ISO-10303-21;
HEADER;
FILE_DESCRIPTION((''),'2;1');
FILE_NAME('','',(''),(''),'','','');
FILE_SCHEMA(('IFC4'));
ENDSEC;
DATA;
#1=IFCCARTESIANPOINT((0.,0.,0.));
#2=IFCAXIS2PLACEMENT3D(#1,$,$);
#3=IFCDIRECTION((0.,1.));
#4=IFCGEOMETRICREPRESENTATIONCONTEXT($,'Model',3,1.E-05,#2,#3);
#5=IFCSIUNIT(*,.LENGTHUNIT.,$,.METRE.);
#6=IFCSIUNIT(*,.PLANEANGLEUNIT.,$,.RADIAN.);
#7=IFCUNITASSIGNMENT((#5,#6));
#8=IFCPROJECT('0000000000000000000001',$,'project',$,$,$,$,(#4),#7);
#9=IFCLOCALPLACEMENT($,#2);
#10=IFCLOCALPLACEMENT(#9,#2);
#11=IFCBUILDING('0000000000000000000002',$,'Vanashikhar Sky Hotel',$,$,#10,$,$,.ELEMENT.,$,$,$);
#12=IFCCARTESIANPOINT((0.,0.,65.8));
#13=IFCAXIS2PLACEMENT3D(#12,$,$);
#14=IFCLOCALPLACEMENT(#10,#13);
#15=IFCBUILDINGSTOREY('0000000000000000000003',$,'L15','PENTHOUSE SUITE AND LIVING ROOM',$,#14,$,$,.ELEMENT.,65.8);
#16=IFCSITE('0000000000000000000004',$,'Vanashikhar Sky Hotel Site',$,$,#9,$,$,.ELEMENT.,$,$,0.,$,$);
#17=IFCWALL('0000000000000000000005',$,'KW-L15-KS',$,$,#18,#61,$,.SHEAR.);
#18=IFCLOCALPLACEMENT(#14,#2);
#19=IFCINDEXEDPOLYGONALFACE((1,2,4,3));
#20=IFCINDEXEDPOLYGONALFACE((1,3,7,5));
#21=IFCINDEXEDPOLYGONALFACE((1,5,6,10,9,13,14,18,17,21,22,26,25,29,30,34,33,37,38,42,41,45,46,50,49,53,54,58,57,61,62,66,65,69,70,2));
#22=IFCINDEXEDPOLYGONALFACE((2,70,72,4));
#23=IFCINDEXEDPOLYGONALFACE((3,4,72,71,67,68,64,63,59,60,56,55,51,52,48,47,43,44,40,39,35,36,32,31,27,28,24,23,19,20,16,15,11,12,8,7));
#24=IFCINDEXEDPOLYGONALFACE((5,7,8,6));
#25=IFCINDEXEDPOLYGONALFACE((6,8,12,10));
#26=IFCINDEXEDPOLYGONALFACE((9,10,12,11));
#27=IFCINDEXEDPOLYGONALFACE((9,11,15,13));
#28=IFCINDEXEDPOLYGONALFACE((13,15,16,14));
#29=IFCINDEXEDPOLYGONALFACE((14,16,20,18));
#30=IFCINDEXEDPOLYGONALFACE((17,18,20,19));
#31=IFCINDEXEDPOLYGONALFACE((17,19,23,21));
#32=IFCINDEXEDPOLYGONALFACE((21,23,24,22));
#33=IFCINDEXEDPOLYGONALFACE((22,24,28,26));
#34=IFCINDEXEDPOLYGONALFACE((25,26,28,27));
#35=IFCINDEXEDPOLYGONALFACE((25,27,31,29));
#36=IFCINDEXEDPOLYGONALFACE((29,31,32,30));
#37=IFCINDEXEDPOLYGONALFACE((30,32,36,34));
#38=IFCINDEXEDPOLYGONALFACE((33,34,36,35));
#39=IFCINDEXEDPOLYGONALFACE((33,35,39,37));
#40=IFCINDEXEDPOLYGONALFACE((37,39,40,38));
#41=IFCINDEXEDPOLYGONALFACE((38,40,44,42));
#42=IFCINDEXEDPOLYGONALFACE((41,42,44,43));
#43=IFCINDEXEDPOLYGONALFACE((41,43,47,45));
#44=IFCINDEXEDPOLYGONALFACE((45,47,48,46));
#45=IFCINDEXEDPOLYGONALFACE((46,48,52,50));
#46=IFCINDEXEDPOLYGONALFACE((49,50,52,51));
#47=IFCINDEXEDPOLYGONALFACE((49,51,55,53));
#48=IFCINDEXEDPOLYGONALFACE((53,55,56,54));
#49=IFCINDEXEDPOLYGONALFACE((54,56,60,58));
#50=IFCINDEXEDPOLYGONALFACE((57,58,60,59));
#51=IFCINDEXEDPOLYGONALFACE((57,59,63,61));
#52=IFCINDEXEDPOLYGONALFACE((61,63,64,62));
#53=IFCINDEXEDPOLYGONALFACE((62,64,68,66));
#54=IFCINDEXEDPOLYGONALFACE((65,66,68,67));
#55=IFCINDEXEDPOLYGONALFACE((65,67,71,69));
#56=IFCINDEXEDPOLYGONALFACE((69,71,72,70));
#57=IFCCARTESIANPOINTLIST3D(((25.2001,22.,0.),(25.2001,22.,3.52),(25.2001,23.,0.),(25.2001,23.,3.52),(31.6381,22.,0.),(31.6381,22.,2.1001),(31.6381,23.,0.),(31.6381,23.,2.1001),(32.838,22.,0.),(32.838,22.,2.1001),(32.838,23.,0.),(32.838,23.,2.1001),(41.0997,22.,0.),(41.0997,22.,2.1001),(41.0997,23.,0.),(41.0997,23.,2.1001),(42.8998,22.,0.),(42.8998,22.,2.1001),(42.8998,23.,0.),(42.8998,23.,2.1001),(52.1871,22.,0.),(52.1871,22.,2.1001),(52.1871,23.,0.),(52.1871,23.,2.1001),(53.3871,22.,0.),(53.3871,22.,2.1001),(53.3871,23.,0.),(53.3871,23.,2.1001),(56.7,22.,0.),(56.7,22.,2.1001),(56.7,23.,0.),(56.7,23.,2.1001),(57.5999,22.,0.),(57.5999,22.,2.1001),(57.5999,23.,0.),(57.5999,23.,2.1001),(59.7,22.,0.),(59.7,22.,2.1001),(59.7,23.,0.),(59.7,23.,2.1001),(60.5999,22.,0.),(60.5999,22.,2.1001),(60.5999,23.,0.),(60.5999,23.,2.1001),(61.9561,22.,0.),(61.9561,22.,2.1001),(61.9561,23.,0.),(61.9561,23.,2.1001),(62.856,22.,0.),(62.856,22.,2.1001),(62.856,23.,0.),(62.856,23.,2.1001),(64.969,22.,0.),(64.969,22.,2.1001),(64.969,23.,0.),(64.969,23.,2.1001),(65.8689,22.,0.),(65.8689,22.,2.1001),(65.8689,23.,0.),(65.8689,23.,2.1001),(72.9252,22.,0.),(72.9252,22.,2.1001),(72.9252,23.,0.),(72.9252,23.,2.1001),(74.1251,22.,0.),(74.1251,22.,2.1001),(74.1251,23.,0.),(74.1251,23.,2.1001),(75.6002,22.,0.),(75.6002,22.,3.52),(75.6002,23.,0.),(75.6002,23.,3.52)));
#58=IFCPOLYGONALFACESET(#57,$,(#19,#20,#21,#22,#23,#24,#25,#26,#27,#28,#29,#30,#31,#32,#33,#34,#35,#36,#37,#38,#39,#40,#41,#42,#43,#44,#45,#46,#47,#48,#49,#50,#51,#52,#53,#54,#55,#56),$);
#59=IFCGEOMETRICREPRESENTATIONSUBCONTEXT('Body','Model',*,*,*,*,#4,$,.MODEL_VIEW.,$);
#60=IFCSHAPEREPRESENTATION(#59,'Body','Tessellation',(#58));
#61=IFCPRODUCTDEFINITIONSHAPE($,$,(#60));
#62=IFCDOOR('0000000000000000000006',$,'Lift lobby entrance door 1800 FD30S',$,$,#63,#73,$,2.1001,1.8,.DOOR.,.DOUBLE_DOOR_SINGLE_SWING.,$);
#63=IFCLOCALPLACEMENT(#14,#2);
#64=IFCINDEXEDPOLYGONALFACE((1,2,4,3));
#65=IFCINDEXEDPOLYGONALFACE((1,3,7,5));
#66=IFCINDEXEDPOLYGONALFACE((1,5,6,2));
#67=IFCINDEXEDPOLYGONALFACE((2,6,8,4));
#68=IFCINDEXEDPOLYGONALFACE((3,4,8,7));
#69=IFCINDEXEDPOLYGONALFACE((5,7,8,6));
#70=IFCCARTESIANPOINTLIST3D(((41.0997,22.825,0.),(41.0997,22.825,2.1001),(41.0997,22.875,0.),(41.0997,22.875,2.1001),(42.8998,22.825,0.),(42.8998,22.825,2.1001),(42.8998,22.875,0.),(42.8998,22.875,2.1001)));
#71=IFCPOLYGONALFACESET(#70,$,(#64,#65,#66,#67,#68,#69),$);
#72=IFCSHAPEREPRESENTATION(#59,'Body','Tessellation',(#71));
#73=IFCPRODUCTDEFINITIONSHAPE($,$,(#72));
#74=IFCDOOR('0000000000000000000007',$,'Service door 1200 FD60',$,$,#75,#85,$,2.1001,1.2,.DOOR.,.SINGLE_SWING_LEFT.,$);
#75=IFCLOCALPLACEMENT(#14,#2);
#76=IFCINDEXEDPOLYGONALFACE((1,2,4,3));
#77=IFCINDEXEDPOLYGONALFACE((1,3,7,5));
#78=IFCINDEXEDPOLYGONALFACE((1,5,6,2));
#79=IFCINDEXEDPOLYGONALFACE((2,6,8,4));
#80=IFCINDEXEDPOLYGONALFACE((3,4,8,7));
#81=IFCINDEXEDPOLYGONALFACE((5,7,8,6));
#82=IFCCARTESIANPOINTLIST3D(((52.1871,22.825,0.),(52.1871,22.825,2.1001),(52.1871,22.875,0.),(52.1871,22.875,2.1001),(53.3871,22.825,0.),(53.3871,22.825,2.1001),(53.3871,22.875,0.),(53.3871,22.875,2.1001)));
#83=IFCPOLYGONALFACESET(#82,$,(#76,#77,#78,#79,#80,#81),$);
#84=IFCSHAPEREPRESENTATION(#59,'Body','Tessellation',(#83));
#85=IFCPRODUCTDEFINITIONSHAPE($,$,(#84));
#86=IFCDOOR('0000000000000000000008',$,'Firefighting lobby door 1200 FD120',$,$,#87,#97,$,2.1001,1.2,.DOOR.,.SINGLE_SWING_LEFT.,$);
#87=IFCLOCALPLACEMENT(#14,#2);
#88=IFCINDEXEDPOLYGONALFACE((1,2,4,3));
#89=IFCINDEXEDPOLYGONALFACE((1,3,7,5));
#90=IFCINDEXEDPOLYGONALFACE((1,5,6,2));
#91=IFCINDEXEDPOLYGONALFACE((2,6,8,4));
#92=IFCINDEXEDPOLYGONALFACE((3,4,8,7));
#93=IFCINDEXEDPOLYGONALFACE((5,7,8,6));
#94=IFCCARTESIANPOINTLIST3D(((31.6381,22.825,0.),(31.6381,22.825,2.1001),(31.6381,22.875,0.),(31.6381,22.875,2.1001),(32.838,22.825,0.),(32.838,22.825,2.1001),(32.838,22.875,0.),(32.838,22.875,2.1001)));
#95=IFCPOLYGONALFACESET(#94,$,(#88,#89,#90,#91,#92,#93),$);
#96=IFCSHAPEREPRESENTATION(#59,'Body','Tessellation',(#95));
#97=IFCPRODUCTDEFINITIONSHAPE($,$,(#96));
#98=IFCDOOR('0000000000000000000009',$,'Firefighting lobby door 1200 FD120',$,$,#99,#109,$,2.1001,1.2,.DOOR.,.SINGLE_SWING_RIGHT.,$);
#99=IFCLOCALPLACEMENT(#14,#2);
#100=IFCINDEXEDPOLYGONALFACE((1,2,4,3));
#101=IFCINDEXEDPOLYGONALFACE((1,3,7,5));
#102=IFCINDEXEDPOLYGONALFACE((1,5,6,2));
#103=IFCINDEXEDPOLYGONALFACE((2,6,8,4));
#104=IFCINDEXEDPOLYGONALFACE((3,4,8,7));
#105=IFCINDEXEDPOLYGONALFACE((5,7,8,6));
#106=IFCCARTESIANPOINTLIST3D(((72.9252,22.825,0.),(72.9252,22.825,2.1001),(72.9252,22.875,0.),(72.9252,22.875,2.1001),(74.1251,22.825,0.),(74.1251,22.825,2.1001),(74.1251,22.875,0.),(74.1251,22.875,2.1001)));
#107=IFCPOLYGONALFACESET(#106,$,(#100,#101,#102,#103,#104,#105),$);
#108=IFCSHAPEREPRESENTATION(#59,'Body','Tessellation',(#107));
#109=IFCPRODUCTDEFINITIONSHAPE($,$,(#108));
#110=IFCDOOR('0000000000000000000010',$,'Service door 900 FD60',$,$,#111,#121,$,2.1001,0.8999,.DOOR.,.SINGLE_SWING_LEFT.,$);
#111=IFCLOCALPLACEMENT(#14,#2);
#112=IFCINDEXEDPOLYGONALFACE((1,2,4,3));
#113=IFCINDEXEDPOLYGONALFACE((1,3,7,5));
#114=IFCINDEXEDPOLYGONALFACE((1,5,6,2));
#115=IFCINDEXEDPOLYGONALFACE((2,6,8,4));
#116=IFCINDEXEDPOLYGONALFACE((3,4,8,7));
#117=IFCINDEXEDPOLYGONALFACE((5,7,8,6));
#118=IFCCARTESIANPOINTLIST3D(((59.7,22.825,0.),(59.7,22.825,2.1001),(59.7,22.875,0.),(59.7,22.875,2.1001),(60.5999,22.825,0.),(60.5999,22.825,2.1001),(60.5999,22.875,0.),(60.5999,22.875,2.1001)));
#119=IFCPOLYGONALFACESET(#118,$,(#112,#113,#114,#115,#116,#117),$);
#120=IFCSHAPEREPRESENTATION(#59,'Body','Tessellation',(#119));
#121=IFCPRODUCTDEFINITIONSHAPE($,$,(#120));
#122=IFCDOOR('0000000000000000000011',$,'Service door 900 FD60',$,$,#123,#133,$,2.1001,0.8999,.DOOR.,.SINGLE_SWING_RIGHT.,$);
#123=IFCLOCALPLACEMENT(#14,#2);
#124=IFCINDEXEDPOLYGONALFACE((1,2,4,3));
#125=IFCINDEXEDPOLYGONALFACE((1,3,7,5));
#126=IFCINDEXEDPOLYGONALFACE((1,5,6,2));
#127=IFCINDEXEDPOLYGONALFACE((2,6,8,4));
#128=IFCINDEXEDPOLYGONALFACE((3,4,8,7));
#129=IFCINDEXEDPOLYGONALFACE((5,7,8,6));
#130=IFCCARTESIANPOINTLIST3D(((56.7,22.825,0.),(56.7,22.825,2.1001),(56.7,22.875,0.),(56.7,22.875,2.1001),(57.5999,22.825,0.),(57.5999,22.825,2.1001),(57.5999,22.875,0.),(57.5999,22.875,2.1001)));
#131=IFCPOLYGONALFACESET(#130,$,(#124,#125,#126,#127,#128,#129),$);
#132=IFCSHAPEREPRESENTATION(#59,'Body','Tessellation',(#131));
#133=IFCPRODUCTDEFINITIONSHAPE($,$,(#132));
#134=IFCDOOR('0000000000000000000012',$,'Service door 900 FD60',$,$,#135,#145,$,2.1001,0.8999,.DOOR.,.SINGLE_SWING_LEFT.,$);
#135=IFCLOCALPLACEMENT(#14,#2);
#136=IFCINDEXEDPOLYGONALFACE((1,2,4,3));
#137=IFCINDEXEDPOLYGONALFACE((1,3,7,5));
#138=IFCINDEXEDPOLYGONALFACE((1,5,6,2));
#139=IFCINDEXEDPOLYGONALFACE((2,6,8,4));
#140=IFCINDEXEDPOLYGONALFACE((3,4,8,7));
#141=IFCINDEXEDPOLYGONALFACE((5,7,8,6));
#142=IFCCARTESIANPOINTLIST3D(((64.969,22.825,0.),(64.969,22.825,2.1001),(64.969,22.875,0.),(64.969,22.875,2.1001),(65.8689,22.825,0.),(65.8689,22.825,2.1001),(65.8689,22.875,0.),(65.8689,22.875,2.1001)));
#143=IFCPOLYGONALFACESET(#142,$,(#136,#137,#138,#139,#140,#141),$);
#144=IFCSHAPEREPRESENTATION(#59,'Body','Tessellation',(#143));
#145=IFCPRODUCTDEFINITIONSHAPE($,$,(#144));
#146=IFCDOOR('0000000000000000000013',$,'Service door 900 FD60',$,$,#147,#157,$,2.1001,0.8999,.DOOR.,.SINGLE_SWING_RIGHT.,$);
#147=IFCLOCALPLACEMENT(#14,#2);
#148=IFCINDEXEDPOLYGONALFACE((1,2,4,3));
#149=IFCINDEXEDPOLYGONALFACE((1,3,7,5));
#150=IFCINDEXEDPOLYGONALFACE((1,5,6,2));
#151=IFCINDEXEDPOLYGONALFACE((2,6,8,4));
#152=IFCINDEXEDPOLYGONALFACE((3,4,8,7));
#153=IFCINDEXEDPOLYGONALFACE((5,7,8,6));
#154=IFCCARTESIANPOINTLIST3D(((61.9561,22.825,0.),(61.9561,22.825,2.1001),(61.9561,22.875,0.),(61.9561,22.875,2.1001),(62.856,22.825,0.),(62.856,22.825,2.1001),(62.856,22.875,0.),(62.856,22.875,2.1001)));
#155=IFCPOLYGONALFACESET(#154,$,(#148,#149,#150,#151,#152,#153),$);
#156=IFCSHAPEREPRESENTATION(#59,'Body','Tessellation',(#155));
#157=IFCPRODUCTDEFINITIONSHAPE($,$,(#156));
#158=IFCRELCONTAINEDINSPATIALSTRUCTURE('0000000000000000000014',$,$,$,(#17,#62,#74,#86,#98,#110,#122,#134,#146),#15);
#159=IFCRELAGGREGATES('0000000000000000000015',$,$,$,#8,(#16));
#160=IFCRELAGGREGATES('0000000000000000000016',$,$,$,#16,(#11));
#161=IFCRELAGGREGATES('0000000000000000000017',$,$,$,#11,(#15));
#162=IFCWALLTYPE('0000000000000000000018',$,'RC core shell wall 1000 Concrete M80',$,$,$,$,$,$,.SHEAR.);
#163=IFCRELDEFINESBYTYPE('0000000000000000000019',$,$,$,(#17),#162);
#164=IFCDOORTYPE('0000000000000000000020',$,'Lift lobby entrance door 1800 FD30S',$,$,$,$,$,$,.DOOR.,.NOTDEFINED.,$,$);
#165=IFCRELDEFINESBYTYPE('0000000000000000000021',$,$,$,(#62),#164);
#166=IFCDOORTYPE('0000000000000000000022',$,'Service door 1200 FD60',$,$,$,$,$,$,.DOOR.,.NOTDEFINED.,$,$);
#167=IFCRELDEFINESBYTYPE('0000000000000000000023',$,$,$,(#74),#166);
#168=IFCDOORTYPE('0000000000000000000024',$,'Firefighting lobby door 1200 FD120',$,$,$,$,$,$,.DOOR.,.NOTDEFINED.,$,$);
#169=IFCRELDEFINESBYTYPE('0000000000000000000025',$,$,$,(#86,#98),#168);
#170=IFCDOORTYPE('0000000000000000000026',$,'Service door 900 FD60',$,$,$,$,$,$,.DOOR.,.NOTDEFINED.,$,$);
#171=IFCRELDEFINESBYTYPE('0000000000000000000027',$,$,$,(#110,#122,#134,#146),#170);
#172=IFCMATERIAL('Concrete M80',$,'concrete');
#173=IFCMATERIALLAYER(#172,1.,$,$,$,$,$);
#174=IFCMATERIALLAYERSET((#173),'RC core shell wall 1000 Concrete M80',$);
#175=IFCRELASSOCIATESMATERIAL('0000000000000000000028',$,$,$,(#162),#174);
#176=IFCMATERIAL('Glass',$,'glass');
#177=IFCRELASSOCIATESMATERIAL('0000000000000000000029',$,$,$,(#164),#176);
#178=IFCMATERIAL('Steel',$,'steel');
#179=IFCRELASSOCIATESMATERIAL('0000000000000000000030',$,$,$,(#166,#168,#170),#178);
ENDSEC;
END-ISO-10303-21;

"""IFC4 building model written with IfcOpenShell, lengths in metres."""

from ifc_helpers import new_model, si_unit, direction, frame, frame_2d, origin, place, context, subcontext, project, spatial, rectangle, extrude, source, transform, mapped, material, layer, layer_set, type_object, element, fill, save


model = new_model("IFC4")

# Units and contexts
model_context = context("Model", 3, precision=1e-05, world=origin(), true_north=direction((0.0, 1.0)))
body_context = subcontext(model_context, "Body", "Model", "MODEL_VIEW")
ifc_project = project(units=[si_unit("LENGTHUNIT", "METRE"), si_unit("PLANEANGLEUNIT", "RADIAN")], contexts=[model_context])

# Site, building, storey
site_placement = place(None, origin())
site = spatial("IfcSite", under=ifc_project, at=site_placement, Name="Vanashikhar Sky Hotel Site", CompositionType="ELEMENT", RefElevation=0.0)
building_placement = place(site_placement, origin())
building = spatial("IfcBuilding", under=site, at=building_placement, Name="Vanashikhar Sky Hotel", CompositionType="ELEMENT")
storey_placement = place(building_placement, frame((0.0, 0.0, 65.8)))
storey = spatial("IfcBuildingStorey", under=building, at=storey_placement, Name="L15", Description="PENTHOUSE SUITE AND LIVING ROOM", CompositionType="ELEMENT", Elevation=65.8)

# Wall, openings, doors
ifc_material_1 = material(Name="Concrete M80", Category="concrete")
ifc_layer_1 = layer(ifc_material_1, 1.0)
ifc_layer_set_1 = layer_set([ifc_layer_1], Name="RC core shell wall 1000 Concrete M80")
wall_type_1 = type_object("IfcWallType", Name="RC core shell wall 1000 Concrete M80", PredefinedType="SHEAR", material=ifc_layer_set_1)
shared_shape_1 = source(origin(), body_context, "Body", "SweptSolid", [
    extrude(rectangle(XDim=50.4001, YDim=1.0, at=frame_2d((25.2002, 0.0))), origin(), (0.0, 0.0, 1.0), 3.52),
])
wall_1_placement = place(storey_placement, frame((25.2, 22.5, 0.0), z_axis=(0.0, 0.0, 1.0), x_axis=(1.0, 0.0, 0.0)))
wall_1 = element("IfcWall", 1, at=wall_1_placement, inside=storey, type_object=wall_type_1, Name="KW-L15-KS", PredefinedType="SHEAR", context=body_context, shape_type="MappedRepresentation", body=[
    mapped(shared_shape_1, transform((0.0, 0.0, 0.0), scale=1.0)),
])
shared_shape_2 = source(origin(), body_context, "Body", "SweptSolid", [
    extrude(rectangle(XDim=1.8, YDim=2.1001, at=frame_2d((0.8999, 1.05))), frame((0.0, 0.51, 0.0), z_axis=(0.0, -1.0, 0.0), x_axis=(1.0, 0.0, 0.0)), (0.0, 0.0, 1.0), 1.02),
])
opening_1_placement = place(wall_1_placement, frame((15.8999, 0.0, 0.0)))
opening_1 = element("IfcOpeningElement", 2, at=opening_1_placement, cuts=wall_1, PredefinedType="OPENING", context=body_context, shape_type="MappedRepresentation", body=[
    mapped(shared_shape_2, transform((0.0, 0.0, 0.0), scale=1.0)),
])
shared_shape_3 = source(origin(), body_context, "Body", "SweptSolid", [
    extrude(rectangle(XDim=1.2, YDim=2.1001, at=frame_2d((0.6001, 1.05))), frame((0.0, 0.51, 0.0), z_axis=(0.0, -1.0, 0.0), x_axis=(1.0, 0.0, 0.0)), (0.0, 0.0, 1.0), 1.02),
])
opening_2_placement = place(wall_1_placement, frame((26.9871, 0.0, 0.0)))
opening_2 = element("IfcOpeningElement", 3, at=opening_2_placement, cuts=wall_1, PredefinedType="OPENING", context=body_context, shape_type="MappedRepresentation", body=[
    mapped(shared_shape_3, transform((0.0, 0.0, 0.0), scale=1.0)),
])
shared_shape_4 = source(origin(), body_context, "Body", "SweptSolid", [
    extrude(rectangle(XDim=0.8999, YDim=2.1001, at=frame_2d((0.45, 1.05))), frame((0.0, 0.51, 0.0), z_axis=(0.0, -1.0, 0.0), x_axis=(1.0, 0.0, 0.0)), (0.0, 0.0, 1.0), 1.02),
])
opening_3_placement = place(wall_1_placement, frame((34.5, 0.0, 0.0)))
opening_3 = element("IfcOpeningElement", 4, at=opening_3_placement, cuts=wall_1, PredefinedType="OPENING", context=body_context, shape_type="MappedRepresentation", body=[
    mapped(shared_shape_4, transform((0.0, 0.0, 0.0), scale=1.0)),
])
opening_4_placement = place(wall_1_placement, frame((31.5, 0.0, 0.0)))
opening_4 = element("IfcOpeningElement", 5, at=opening_4_placement, cuts=wall_1, PredefinedType="OPENING", context=body_context, shape_type="MappedRepresentation", body=[
    mapped(shared_shape_4, transform((0.0, 0.0, 0.0), scale=1.0)),
])
opening_5_placement = place(wall_1_placement, frame((39.769, 0.0, 0.0)))
opening_5 = element("IfcOpeningElement", 6, at=opening_5_placement, cuts=wall_1, PredefinedType="OPENING", context=body_context, shape_type="MappedRepresentation", body=[
    mapped(shared_shape_4, transform((0.0, 0.0, 0.0), scale=1.0)),
])
opening_6_placement = place(wall_1_placement, frame((36.7561, 0.0, 0.0)))
opening_6 = element("IfcOpeningElement", 7, at=opening_6_placement, cuts=wall_1, PredefinedType="OPENING", context=body_context, shape_type="MappedRepresentation", body=[
    mapped(shared_shape_4, transform((0.0, 0.0, 0.0), scale=1.0)),
])
opening_7_placement = place(wall_1_placement, frame((6.438, 0.0, 0.0)))
opening_7 = element("IfcOpeningElement", 8, at=opening_7_placement, cuts=wall_1, PredefinedType="OPENING", context=body_context, shape_type="MappedRepresentation", body=[
    mapped(shared_shape_3, transform((0.0, 0.0, 0.0), scale=1.0)),
])
opening_8_placement = place(wall_1_placement, frame((47.7251, 0.0, 0.0)))
opening_8 = element("IfcOpeningElement", 9, at=opening_8_placement, cuts=wall_1, PredefinedType="OPENING", context=body_context, shape_type="MappedRepresentation", body=[
    mapped(shared_shape_3, transform((0.0, 0.0, 0.0), scale=1.0)),
])
ifc_material_2 = material(Name="Glass", Category="glass")
door_type_1 = type_object("IfcDoorType", Name="Lift lobby entrance door 1800 FD30S", OperationType="NOTDEFINED", PredefinedType="DOOR", material=ifc_material_2)
shared_shape_5 = source(origin(), body_context, "Body", "SweptSolid", [
    extrude(rectangle(XDim=1.8, YDim=2.1001, at=frame_2d((0.8999, 1.05))), frame((0.0, 0.375, 0.0), z_axis=(0.0, -1.0, 0.0), x_axis=(1.0, 0.0, 0.0)), (0.0, 0.0, 1.0), 0.05),
])
door_1_placement = place(opening_1_placement, origin())
door_1 = element("IfcDoor", 10, at=door_1_placement, inside=storey, type_object=door_type_1, Name="Lift lobby entrance door 1800 FD30S", OperationType="DOUBLE_DOOR_SINGLE_SWING", OverallHeight=2.1001, OverallWidth=1.8, PredefinedType="DOOR", context=body_context, shape_type="MappedRepresentation", body=[
    mapped(shared_shape_5, transform((0.0, 0.0, 0.0), scale=1.0)),
])
fill(opening_1, door_1)
ifc_material_3 = material(Name="Steel", Category="steel")
door_type_2 = type_object("IfcDoorType", Name="Service door 1200 FD60", OperationType="NOTDEFINED", PredefinedType="DOOR", material=ifc_material_3)
shared_shape_6 = source(origin(), body_context, "Body", "SweptSolid", [
    extrude(rectangle(XDim=1.2, YDim=2.1001, at=frame_2d((0.6001, 1.05))), frame((0.0, 0.375, 0.0), z_axis=(0.0, -1.0, 0.0), x_axis=(1.0, 0.0, 0.0)), (0.0, 0.0, 1.0), 0.05),
])
door_2_placement = place(opening_2_placement, origin())
door_2 = element("IfcDoor", 11, at=door_2_placement, inside=storey, type_object=door_type_2, Name="Service door 1200 FD60", OperationType="SINGLE_SWING_LEFT", OverallHeight=2.1001, OverallWidth=1.2, PredefinedType="DOOR", context=body_context, shape_type="MappedRepresentation", body=[
    mapped(shared_shape_6, transform((0.0, 0.0, 0.0), scale=1.0)),
])
fill(opening_2, door_2)
door_type_3 = type_object("IfcDoorType", Name="Firefighting lobby door 1200 FD120", OperationType="NOTDEFINED", PredefinedType="DOOR", material=ifc_material_3)
door_3_placement = place(opening_7_placement, origin())
door_3 = element("IfcDoor", 12, at=door_3_placement, inside=storey, type_object=door_type_3, Name="Firefighting lobby door 1200 FD120", OperationType="SINGLE_SWING_LEFT", OverallHeight=2.1001, OverallWidth=1.2, PredefinedType="DOOR", context=body_context, shape_type="MappedRepresentation", body=[
    mapped(shared_shape_6, transform((0.0, 0.0, 0.0), scale=1.0)),
])
fill(opening_7, door_3)
door_4_placement = place(opening_8_placement, origin())
door_4 = element("IfcDoor", 13, at=door_4_placement, inside=storey, type_object=door_type_3, Name="Firefighting lobby door 1200 FD120", OperationType="SINGLE_SWING_RIGHT", OverallHeight=2.1001, OverallWidth=1.2, PredefinedType="DOOR", context=body_context, shape_type="MappedRepresentation", body=[
    mapped(shared_shape_6, transform((0.0, 0.0, 0.0), scale=1.0)),
])
fill(opening_8, door_4)
door_type_4 = type_object("IfcDoorType", Name="Service door 900 FD60", OperationType="NOTDEFINED", PredefinedType="DOOR", material=ifc_material_3)
shared_shape_7 = source(origin(), body_context, "Body", "SweptSolid", [
    extrude(rectangle(XDim=0.8999, YDim=2.1001, at=frame_2d((0.45, 1.05))), frame((0.0, 0.375, 0.0), z_axis=(0.0, -1.0, 0.0), x_axis=(1.0, 0.0, 0.0)), (0.0, 0.0, 1.0), 0.05),
])
door_5_placement = place(opening_3_placement, origin())
door_5 = element("IfcDoor", 14, at=door_5_placement, inside=storey, type_object=door_type_4, Name="Service door 900 FD60", OperationType="SINGLE_SWING_LEFT", OverallHeight=2.1001, OverallWidth=0.8999, PredefinedType="DOOR", context=body_context, shape_type="MappedRepresentation", body=[
    mapped(shared_shape_7, transform((0.0, 0.0, 0.0), scale=1.0)),
])
fill(opening_3, door_5)
door_6_placement = place(opening_4_placement, origin())
door_6 = element("IfcDoor", 15, at=door_6_placement, inside=storey, type_object=door_type_4, Name="Service door 900 FD60", OperationType="SINGLE_SWING_RIGHT", OverallHeight=2.1001, OverallWidth=0.8999, PredefinedType="DOOR", context=body_context, shape_type="MappedRepresentation", body=[
    mapped(shared_shape_7, transform((0.0, 0.0, 0.0), scale=1.0)),
])
fill(opening_4, door_6)
door_7_placement = place(opening_5_placement, origin())
door_7 = element("IfcDoor", 16, at=door_7_placement, inside=storey, type_object=door_type_4, Name="Service door 900 FD60", OperationType="SINGLE_SWING_LEFT", OverallHeight=2.1001, OverallWidth=0.8999, PredefinedType="DOOR", context=body_context, shape_type="MappedRepresentation", body=[
    mapped(shared_shape_7, transform((0.0, 0.0, 0.0), scale=1.0)),
])
fill(opening_5, door_7)
door_8_placement = place(opening_6_placement, origin())
door_8 = element("IfcDoor", 17, at=door_8_placement, inside=storey, type_object=door_type_4, Name="Service door 900 FD60", OperationType="SINGLE_SWING_RIGHT", OverallHeight=2.1001, OverallWidth=0.8999, PredefinedType="DOOR", context=body_context, shape_type="MappedRepresentation", body=[
    mapped(shared_shape_7, transform((0.0, 0.0, 0.0), scale=1.0)),
])
fill(opening_6, door_8)

save(model, "model.ifc")
